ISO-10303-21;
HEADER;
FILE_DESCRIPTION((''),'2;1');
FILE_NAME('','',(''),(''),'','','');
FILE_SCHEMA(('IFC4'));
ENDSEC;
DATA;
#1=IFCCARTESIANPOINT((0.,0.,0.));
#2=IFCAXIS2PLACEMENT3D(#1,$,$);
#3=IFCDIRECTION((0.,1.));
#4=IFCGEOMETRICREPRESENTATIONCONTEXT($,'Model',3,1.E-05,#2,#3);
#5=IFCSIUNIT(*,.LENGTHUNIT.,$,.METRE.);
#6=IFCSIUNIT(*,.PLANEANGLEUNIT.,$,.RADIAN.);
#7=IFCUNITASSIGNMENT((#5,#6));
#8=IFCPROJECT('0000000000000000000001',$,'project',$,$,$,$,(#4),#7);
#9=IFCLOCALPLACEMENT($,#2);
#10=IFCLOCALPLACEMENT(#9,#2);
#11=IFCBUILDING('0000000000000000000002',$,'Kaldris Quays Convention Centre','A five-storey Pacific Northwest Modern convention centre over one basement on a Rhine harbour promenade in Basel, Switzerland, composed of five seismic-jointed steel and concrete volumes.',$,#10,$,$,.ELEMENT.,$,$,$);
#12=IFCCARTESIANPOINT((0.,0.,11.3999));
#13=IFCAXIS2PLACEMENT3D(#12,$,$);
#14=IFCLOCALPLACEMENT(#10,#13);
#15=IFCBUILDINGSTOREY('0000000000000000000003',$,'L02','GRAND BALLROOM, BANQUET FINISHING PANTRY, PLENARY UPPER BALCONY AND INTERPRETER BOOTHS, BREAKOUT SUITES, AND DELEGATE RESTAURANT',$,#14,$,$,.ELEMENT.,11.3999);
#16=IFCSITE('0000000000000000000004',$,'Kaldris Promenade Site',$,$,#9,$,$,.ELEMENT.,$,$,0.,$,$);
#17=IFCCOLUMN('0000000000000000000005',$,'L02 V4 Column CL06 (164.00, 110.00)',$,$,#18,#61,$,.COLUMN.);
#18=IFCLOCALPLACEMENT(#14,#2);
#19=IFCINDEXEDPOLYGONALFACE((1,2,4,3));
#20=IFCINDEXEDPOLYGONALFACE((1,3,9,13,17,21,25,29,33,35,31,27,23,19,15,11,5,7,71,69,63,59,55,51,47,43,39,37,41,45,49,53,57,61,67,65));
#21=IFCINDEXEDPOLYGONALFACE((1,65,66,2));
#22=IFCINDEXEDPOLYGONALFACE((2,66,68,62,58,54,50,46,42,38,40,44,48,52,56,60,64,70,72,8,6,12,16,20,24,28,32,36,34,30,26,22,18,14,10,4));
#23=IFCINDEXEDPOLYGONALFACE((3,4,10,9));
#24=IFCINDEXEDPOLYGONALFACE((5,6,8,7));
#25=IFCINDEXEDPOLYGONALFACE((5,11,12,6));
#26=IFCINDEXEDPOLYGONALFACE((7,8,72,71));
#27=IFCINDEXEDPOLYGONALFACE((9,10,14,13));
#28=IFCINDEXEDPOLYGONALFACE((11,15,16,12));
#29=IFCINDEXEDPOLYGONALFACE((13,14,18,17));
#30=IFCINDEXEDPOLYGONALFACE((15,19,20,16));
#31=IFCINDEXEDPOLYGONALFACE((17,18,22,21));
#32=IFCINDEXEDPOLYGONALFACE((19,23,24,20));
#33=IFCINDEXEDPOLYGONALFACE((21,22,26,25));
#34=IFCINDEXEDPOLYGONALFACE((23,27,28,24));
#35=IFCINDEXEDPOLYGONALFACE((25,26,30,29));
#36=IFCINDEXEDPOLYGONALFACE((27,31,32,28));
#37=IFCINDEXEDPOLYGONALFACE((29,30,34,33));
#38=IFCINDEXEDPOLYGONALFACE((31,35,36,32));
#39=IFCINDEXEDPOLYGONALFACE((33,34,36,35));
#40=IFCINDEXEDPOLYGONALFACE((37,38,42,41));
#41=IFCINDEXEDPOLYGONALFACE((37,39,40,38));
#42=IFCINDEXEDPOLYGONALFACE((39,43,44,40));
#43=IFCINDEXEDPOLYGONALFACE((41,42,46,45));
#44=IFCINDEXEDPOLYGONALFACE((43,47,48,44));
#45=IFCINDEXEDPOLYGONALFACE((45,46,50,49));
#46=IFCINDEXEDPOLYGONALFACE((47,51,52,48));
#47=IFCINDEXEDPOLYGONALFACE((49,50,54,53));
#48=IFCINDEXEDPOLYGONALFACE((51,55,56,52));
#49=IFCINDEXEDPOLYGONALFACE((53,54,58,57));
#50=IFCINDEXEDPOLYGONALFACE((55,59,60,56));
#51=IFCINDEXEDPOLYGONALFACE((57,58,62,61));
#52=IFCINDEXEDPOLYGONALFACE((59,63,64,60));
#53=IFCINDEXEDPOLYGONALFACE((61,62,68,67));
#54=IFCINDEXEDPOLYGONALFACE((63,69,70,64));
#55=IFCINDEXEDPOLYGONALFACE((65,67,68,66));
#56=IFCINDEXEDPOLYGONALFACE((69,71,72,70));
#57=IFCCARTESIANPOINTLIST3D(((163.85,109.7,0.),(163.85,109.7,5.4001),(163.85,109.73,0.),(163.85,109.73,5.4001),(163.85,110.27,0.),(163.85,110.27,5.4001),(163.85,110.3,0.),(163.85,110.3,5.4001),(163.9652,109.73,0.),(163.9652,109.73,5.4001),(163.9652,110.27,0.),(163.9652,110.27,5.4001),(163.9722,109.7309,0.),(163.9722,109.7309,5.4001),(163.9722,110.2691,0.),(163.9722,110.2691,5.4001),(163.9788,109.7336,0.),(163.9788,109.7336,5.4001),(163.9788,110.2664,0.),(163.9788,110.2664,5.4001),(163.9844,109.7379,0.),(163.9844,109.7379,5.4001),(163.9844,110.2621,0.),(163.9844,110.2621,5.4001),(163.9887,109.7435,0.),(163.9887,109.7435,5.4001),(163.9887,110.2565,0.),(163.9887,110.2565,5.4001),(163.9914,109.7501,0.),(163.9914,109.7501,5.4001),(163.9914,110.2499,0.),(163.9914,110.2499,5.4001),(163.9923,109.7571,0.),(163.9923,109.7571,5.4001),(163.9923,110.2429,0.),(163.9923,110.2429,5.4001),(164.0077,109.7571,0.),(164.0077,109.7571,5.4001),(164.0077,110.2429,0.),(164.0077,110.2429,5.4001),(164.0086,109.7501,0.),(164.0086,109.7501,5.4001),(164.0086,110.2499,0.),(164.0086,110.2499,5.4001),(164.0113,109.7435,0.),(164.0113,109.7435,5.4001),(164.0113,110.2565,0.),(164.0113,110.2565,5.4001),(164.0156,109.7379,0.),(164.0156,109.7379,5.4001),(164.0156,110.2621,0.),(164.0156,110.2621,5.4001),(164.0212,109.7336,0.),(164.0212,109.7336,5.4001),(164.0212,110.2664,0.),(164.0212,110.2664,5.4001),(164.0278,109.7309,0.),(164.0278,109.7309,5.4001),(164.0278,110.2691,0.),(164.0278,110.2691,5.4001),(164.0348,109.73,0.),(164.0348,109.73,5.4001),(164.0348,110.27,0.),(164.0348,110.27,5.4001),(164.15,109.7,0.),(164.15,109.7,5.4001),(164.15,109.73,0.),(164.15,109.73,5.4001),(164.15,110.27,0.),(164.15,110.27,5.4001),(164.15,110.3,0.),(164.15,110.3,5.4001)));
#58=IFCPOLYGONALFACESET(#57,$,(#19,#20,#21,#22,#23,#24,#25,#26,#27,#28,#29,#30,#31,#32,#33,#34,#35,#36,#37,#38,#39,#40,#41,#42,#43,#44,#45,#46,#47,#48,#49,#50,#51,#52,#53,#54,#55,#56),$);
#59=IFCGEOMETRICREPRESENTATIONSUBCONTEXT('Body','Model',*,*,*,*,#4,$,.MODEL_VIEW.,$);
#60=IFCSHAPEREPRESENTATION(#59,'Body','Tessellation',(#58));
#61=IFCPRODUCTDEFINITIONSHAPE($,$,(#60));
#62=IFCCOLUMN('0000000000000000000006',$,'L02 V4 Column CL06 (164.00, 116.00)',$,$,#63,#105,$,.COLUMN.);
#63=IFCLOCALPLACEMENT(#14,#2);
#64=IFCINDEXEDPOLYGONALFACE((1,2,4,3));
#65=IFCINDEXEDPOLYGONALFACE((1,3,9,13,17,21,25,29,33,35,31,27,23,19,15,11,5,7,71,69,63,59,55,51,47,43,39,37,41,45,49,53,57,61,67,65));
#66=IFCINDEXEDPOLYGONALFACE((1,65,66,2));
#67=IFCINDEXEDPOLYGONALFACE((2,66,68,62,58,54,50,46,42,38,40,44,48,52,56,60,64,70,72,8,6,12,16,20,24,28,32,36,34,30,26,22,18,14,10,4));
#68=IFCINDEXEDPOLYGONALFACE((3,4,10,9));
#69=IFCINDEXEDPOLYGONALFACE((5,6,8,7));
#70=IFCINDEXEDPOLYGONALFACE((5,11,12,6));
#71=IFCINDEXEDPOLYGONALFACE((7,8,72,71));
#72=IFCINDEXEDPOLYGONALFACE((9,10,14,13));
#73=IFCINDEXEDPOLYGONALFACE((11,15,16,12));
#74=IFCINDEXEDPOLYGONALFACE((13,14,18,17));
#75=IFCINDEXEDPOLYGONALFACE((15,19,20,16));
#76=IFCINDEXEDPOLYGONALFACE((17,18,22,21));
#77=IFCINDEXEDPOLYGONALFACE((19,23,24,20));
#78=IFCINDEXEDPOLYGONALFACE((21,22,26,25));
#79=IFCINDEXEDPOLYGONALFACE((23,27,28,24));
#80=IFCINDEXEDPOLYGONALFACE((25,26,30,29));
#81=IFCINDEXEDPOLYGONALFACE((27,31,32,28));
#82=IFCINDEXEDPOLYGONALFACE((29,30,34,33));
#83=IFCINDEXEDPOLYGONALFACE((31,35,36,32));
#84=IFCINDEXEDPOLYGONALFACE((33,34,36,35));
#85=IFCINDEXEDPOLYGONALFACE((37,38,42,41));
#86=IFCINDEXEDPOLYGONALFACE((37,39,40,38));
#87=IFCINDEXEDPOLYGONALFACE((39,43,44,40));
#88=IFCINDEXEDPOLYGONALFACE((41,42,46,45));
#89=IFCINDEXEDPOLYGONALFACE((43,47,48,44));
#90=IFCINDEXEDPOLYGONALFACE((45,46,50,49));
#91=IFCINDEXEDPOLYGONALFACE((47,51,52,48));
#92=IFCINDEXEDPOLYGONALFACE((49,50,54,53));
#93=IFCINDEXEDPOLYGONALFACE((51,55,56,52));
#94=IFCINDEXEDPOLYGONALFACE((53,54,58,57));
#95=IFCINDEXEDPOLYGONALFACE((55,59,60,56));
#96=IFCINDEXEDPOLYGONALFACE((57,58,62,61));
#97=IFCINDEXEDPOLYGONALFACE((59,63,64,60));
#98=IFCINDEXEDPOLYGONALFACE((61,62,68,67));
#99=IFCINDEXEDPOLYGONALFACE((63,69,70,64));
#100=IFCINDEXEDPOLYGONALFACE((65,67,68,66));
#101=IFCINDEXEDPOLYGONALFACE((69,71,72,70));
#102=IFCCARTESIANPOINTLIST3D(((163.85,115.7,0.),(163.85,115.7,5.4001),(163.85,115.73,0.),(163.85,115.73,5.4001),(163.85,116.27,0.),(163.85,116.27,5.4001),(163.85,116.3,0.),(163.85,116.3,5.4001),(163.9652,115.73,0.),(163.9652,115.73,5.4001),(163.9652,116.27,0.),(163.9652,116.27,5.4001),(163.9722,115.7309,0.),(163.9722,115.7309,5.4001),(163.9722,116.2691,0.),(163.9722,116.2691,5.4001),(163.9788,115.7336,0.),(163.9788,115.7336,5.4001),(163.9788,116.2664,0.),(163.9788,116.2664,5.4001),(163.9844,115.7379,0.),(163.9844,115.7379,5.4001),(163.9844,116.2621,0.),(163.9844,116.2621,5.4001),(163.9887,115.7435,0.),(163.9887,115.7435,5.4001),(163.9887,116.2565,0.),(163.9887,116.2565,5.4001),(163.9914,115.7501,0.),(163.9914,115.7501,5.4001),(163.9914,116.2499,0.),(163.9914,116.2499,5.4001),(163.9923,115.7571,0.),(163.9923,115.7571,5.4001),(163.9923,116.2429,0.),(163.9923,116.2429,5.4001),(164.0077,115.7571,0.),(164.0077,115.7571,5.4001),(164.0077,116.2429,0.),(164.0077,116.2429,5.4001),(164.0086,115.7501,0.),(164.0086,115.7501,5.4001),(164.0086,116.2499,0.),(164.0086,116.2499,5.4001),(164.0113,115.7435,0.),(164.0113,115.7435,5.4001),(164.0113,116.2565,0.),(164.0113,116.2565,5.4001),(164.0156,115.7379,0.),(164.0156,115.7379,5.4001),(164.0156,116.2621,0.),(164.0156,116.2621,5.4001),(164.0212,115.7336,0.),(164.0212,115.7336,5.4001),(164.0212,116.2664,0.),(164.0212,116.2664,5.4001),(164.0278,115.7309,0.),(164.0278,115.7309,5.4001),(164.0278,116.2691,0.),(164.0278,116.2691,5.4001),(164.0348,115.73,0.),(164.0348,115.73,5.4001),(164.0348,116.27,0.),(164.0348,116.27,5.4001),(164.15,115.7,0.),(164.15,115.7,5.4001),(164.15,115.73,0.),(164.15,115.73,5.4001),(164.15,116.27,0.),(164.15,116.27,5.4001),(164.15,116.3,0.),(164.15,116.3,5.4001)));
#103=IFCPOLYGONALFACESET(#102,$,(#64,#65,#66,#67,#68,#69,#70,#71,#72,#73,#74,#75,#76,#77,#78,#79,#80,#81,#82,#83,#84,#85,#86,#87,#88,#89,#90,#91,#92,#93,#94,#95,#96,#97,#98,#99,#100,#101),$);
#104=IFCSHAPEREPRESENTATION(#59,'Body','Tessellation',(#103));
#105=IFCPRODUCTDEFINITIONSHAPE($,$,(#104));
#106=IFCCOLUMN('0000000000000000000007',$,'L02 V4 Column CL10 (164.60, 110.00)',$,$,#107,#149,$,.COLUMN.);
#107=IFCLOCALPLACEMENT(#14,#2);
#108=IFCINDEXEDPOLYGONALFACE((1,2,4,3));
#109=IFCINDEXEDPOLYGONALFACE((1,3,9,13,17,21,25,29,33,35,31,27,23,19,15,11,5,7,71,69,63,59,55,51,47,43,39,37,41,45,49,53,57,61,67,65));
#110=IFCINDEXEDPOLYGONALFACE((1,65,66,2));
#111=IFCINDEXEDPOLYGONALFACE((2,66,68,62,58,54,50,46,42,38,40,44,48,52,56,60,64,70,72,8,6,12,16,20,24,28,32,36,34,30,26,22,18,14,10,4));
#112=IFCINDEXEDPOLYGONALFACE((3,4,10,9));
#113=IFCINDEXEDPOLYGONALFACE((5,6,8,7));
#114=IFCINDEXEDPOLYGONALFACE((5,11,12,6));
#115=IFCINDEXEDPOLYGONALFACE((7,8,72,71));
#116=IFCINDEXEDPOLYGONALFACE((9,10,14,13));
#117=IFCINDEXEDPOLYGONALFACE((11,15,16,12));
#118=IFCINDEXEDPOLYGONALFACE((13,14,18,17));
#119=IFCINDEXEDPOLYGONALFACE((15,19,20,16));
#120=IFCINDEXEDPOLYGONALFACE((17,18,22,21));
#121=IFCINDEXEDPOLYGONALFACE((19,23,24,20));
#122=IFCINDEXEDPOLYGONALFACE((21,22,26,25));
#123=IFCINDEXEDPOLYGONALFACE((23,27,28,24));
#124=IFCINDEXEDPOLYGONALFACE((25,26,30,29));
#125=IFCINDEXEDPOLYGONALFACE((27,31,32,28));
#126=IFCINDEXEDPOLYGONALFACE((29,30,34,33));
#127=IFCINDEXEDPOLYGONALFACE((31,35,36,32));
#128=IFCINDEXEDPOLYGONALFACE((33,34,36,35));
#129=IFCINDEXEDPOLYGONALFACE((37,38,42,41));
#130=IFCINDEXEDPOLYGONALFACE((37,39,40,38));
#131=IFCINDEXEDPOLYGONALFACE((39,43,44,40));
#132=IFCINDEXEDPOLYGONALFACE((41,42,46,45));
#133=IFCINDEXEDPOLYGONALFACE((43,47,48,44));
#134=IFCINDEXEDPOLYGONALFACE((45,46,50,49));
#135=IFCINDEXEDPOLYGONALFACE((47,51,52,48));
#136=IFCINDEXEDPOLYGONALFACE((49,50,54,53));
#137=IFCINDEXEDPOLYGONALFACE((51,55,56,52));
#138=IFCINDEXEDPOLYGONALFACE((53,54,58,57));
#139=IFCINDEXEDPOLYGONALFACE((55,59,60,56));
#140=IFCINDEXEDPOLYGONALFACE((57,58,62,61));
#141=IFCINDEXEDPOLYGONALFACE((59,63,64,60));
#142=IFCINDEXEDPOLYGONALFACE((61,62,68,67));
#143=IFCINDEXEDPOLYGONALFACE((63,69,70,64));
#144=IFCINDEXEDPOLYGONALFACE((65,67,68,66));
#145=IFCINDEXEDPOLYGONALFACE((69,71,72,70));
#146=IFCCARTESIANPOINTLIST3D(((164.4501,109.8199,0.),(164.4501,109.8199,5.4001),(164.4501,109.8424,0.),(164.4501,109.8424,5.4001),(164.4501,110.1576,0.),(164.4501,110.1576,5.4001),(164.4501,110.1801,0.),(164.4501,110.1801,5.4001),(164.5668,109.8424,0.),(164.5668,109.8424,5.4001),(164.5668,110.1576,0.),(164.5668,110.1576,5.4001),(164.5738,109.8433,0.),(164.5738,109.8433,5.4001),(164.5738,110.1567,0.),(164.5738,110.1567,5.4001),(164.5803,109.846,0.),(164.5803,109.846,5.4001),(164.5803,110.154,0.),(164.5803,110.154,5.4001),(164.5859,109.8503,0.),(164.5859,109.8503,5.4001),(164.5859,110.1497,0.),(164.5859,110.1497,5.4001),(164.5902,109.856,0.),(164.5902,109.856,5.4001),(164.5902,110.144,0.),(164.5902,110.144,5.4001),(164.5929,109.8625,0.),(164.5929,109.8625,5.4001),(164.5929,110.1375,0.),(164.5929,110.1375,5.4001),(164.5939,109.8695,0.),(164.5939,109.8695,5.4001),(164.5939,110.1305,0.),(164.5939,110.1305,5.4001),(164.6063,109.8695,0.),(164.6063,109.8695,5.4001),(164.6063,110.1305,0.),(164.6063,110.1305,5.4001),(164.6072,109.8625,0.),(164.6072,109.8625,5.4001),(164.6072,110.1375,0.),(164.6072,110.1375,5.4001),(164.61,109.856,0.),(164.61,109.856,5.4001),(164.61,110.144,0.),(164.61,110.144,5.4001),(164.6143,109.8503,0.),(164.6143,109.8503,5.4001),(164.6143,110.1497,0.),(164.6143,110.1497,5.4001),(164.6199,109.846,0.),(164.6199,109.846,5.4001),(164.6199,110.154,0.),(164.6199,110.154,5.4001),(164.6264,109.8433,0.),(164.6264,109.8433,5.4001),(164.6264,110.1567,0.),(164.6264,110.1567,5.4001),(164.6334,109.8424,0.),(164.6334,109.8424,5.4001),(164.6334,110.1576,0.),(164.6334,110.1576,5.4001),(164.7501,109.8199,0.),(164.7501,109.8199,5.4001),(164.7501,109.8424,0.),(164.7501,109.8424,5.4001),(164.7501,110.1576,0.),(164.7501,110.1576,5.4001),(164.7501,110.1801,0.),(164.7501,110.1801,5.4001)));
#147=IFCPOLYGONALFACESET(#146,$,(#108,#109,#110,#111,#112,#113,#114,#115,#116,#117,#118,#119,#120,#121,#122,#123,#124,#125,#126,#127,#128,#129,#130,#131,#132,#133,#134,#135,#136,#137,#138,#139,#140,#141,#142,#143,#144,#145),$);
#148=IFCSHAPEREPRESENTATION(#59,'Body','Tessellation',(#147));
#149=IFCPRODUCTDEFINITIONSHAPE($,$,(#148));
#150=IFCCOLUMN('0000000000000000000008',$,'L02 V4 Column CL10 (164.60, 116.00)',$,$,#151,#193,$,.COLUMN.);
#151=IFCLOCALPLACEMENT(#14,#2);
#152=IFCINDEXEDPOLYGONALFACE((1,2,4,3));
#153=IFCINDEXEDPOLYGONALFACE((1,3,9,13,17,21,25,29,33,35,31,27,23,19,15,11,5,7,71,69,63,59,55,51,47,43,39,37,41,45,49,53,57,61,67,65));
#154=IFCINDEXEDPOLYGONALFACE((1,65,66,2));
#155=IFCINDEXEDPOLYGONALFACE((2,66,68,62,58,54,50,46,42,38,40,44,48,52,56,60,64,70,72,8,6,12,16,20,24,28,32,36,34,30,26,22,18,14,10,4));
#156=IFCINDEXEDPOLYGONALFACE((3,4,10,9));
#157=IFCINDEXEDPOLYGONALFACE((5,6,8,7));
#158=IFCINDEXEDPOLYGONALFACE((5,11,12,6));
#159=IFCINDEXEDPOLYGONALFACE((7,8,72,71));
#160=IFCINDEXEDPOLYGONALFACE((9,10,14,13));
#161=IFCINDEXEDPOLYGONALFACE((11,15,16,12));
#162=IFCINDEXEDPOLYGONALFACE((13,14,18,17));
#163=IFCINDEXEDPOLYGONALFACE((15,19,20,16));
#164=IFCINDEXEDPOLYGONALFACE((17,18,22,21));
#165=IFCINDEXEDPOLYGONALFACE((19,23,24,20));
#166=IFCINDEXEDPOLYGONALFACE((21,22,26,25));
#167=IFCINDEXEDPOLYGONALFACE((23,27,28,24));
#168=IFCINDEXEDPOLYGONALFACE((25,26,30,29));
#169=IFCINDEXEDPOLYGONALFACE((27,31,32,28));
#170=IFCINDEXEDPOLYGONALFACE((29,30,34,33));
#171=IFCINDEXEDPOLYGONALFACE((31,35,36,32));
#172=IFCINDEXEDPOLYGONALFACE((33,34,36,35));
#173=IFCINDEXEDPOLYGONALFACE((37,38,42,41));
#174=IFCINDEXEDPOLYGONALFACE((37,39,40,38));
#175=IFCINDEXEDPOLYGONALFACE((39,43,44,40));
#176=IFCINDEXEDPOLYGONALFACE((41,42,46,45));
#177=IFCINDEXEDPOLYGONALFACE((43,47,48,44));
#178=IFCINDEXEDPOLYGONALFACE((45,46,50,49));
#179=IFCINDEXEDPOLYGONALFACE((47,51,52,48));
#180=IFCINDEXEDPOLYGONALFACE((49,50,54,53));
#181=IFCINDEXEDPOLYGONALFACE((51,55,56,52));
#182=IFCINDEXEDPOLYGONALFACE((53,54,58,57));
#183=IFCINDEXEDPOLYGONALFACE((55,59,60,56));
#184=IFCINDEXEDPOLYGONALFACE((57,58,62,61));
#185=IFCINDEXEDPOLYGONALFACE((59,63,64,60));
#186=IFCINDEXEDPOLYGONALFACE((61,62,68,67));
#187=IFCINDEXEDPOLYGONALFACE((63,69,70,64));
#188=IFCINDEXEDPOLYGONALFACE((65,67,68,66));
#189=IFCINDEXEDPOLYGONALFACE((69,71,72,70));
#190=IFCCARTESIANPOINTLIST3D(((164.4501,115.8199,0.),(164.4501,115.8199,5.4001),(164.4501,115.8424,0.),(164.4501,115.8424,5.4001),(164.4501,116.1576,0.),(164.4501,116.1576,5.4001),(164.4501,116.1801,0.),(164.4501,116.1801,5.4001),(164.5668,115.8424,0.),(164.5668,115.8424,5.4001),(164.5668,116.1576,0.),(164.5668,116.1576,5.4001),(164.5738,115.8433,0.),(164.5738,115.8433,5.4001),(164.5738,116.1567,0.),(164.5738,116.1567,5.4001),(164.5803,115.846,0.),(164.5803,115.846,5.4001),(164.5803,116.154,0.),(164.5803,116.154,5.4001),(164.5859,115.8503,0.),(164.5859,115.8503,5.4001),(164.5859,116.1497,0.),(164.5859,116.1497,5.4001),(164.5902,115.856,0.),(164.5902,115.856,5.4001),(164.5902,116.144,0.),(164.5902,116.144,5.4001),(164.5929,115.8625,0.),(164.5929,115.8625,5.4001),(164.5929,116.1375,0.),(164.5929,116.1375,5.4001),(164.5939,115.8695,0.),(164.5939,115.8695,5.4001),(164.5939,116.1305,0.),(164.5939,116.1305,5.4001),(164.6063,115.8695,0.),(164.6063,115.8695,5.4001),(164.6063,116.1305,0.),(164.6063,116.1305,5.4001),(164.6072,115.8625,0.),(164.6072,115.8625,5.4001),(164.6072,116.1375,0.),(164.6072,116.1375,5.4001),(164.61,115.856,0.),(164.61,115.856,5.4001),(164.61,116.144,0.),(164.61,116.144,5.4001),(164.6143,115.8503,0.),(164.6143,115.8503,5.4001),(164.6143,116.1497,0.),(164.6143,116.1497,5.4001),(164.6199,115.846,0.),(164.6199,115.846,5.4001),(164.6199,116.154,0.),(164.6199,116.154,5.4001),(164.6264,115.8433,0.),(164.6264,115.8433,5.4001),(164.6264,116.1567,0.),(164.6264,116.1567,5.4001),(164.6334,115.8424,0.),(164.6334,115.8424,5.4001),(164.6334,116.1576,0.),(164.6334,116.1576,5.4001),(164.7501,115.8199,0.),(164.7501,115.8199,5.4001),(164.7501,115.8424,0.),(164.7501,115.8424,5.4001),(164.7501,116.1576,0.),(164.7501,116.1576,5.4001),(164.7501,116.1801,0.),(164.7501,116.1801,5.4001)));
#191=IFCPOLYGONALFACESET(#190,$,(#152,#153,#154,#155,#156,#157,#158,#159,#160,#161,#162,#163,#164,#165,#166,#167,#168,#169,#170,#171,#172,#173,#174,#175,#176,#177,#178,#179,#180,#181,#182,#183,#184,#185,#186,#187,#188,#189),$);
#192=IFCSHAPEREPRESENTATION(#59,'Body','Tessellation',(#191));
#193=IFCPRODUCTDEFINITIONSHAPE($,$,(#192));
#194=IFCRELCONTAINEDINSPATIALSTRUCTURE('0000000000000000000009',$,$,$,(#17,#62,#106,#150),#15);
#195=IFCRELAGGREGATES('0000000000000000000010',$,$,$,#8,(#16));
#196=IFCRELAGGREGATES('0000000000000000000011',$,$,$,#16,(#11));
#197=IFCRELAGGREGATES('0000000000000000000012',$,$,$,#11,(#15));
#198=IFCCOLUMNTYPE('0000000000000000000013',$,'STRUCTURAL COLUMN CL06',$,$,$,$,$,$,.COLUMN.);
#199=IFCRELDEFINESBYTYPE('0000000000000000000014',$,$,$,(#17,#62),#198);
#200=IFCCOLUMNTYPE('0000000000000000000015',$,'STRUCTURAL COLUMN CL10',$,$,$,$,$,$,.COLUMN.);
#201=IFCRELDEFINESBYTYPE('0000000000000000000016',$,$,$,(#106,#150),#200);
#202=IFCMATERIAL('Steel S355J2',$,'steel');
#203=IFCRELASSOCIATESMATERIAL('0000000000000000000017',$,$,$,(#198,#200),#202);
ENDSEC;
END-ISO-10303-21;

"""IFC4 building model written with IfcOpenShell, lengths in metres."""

from ifc_helpers import new_model, si_unit, direction, frame, origin, origin_2d, place, context, subcontext, project, spatial, i_section, extrude, material, material_profile, profile_set, type_object, element, save


model = new_model("IFC4")

# Units and contexts
model_context = context("Model", 3, precision=1e-05, world=origin(), true_north=direction((0.0, 1.0)))
body_context = subcontext(model_context, "Body", "Model", "MODEL_VIEW")
ifc_project = project(units=[si_unit("LENGTHUNIT", "METRE"), si_unit("PLANEANGLEUNIT", "RADIAN")], contexts=[model_context])

# Site, building, storey
site_placement = place(None, origin())
site = spatial("IfcSite", under=ifc_project, at=site_placement, Name="Kaldris Promenade Site", CompositionType="ELEMENT", RefElevation=0.0)
building_placement = place(site_placement, origin())
building = spatial("IfcBuilding", under=site, at=building_placement, Name="Kaldris Quays Convention Centre", Description="A five-storey Pacific Northwest Modern convention centre over one basement on a Rhine harbour promenade in Basel, Switzerland, composed of five seismic-jointed steel and concrete volumes.", CompositionType="ELEMENT")
storey_placement = place(building_placement, frame((0.0, 0.0, 11.3999)))
storey = spatial("IfcBuildingStorey", under=building, at=storey_placement, Name="L02", Description="GRAND BALLROOM, BANQUET FINISHING PANTRY, PLENARY UPPER BALCONY AND INTERPRETER BOOTHS, BREAKOUT SUITES, AND DELEGATE RESTAURANT", CompositionType="ELEMENT", Elevation=11.3999)

# Columns
ifc_material_1 = material(Name="Steel S355J2", Category="steel")
ifc_material_profile_1 = material_profile(ifc_material_1, i_section(OverallWidth=0.3, OverallDepth=0.6001, WebThickness=0.0154, FlangeThickness=0.03, FilletRadius=0.0271, at=origin_2d()), Name="HEB 600")
ifc_profile_set_1 = profile_set([ifc_material_profile_1], Name="Steel S355J2")
column_type_1 = type_object("IfcColumnType", Name="STRUCTURAL COLUMN CL06", PredefinedType="COLUMN", material=ifc_profile_set_1)
for number, where, z_axis, x_axis, name in (
    (1, (164.0, 110.0, 0.0), (0.0, 0.0, 1.0), (1.0, 0.0, 0.0), "L02 V4 Column CL06 (164.00, 110.00)"),
    (2, (164.0, 116.0, 0.0), (0.0, 0.0, 1.0), (1.0, 0.0, 0.0), "L02 V4 Column CL06 (164.00, 116.00)"),
):
    element("IfcColumn", number, at=place(storey_placement, frame(where, z_axis=z_axis, x_axis=x_axis)), inside=storey, type_object=column_type_1, Name=name, PredefinedType="COLUMN", context=body_context, shape_type="SweptSolid", body=[
        extrude(i_section(OverallWidth=0.3, OverallDepth=0.6001, WebThickness=0.0154, FlangeThickness=0.03, FilletRadius=0.0271, at=origin_2d()), origin(), (0.0, 0.0, 1.0), 5.4001),
    ])
ifc_material_profile_2 = material_profile(ifc_material_1, i_section(OverallWidth=0.3, OverallDepth=0.3601, WebThickness=0.0125, FlangeThickness=0.0225, FilletRadius=0.0271, at=origin_2d()), Name="HEB 360")
ifc_profile_set_2 = profile_set([ifc_material_profile_2], Name="Steel S355J2")
column_type_2 = type_object("IfcColumnType", Name="STRUCTURAL COLUMN CL10", PredefinedType="COLUMN", material=ifc_profile_set_2)
for number, where, z_axis, x_axis, name in (
    (3, (164.6001, 110.0, 0.0), (0.0, 0.0, 1.0), (1.0, 0.0, 0.0), "L02 V4 Column CL10 (164.60, 110.00)"),
    (4, (164.6001, 116.0, 0.0), (0.0, 0.0, 1.0), (1.0, 0.0, 0.0), "L02 V4 Column CL10 (164.60, 116.00)"),
):
    element("IfcColumn", number, at=place(storey_placement, frame(where, z_axis=z_axis, x_axis=x_axis)), inside=storey, type_object=column_type_2, Name=name, PredefinedType="COLUMN", context=body_context, shape_type="SweptSolid", body=[
        extrude(i_section(OverallWidth=0.3, OverallDepth=0.3601, WebThickness=0.0125, FlangeThickness=0.0225, FilletRadius=0.0271, at=origin_2d()), origin(), (0.0, 0.0, 1.0), 5.4001),
    ])

save(model, "model.ifc")
